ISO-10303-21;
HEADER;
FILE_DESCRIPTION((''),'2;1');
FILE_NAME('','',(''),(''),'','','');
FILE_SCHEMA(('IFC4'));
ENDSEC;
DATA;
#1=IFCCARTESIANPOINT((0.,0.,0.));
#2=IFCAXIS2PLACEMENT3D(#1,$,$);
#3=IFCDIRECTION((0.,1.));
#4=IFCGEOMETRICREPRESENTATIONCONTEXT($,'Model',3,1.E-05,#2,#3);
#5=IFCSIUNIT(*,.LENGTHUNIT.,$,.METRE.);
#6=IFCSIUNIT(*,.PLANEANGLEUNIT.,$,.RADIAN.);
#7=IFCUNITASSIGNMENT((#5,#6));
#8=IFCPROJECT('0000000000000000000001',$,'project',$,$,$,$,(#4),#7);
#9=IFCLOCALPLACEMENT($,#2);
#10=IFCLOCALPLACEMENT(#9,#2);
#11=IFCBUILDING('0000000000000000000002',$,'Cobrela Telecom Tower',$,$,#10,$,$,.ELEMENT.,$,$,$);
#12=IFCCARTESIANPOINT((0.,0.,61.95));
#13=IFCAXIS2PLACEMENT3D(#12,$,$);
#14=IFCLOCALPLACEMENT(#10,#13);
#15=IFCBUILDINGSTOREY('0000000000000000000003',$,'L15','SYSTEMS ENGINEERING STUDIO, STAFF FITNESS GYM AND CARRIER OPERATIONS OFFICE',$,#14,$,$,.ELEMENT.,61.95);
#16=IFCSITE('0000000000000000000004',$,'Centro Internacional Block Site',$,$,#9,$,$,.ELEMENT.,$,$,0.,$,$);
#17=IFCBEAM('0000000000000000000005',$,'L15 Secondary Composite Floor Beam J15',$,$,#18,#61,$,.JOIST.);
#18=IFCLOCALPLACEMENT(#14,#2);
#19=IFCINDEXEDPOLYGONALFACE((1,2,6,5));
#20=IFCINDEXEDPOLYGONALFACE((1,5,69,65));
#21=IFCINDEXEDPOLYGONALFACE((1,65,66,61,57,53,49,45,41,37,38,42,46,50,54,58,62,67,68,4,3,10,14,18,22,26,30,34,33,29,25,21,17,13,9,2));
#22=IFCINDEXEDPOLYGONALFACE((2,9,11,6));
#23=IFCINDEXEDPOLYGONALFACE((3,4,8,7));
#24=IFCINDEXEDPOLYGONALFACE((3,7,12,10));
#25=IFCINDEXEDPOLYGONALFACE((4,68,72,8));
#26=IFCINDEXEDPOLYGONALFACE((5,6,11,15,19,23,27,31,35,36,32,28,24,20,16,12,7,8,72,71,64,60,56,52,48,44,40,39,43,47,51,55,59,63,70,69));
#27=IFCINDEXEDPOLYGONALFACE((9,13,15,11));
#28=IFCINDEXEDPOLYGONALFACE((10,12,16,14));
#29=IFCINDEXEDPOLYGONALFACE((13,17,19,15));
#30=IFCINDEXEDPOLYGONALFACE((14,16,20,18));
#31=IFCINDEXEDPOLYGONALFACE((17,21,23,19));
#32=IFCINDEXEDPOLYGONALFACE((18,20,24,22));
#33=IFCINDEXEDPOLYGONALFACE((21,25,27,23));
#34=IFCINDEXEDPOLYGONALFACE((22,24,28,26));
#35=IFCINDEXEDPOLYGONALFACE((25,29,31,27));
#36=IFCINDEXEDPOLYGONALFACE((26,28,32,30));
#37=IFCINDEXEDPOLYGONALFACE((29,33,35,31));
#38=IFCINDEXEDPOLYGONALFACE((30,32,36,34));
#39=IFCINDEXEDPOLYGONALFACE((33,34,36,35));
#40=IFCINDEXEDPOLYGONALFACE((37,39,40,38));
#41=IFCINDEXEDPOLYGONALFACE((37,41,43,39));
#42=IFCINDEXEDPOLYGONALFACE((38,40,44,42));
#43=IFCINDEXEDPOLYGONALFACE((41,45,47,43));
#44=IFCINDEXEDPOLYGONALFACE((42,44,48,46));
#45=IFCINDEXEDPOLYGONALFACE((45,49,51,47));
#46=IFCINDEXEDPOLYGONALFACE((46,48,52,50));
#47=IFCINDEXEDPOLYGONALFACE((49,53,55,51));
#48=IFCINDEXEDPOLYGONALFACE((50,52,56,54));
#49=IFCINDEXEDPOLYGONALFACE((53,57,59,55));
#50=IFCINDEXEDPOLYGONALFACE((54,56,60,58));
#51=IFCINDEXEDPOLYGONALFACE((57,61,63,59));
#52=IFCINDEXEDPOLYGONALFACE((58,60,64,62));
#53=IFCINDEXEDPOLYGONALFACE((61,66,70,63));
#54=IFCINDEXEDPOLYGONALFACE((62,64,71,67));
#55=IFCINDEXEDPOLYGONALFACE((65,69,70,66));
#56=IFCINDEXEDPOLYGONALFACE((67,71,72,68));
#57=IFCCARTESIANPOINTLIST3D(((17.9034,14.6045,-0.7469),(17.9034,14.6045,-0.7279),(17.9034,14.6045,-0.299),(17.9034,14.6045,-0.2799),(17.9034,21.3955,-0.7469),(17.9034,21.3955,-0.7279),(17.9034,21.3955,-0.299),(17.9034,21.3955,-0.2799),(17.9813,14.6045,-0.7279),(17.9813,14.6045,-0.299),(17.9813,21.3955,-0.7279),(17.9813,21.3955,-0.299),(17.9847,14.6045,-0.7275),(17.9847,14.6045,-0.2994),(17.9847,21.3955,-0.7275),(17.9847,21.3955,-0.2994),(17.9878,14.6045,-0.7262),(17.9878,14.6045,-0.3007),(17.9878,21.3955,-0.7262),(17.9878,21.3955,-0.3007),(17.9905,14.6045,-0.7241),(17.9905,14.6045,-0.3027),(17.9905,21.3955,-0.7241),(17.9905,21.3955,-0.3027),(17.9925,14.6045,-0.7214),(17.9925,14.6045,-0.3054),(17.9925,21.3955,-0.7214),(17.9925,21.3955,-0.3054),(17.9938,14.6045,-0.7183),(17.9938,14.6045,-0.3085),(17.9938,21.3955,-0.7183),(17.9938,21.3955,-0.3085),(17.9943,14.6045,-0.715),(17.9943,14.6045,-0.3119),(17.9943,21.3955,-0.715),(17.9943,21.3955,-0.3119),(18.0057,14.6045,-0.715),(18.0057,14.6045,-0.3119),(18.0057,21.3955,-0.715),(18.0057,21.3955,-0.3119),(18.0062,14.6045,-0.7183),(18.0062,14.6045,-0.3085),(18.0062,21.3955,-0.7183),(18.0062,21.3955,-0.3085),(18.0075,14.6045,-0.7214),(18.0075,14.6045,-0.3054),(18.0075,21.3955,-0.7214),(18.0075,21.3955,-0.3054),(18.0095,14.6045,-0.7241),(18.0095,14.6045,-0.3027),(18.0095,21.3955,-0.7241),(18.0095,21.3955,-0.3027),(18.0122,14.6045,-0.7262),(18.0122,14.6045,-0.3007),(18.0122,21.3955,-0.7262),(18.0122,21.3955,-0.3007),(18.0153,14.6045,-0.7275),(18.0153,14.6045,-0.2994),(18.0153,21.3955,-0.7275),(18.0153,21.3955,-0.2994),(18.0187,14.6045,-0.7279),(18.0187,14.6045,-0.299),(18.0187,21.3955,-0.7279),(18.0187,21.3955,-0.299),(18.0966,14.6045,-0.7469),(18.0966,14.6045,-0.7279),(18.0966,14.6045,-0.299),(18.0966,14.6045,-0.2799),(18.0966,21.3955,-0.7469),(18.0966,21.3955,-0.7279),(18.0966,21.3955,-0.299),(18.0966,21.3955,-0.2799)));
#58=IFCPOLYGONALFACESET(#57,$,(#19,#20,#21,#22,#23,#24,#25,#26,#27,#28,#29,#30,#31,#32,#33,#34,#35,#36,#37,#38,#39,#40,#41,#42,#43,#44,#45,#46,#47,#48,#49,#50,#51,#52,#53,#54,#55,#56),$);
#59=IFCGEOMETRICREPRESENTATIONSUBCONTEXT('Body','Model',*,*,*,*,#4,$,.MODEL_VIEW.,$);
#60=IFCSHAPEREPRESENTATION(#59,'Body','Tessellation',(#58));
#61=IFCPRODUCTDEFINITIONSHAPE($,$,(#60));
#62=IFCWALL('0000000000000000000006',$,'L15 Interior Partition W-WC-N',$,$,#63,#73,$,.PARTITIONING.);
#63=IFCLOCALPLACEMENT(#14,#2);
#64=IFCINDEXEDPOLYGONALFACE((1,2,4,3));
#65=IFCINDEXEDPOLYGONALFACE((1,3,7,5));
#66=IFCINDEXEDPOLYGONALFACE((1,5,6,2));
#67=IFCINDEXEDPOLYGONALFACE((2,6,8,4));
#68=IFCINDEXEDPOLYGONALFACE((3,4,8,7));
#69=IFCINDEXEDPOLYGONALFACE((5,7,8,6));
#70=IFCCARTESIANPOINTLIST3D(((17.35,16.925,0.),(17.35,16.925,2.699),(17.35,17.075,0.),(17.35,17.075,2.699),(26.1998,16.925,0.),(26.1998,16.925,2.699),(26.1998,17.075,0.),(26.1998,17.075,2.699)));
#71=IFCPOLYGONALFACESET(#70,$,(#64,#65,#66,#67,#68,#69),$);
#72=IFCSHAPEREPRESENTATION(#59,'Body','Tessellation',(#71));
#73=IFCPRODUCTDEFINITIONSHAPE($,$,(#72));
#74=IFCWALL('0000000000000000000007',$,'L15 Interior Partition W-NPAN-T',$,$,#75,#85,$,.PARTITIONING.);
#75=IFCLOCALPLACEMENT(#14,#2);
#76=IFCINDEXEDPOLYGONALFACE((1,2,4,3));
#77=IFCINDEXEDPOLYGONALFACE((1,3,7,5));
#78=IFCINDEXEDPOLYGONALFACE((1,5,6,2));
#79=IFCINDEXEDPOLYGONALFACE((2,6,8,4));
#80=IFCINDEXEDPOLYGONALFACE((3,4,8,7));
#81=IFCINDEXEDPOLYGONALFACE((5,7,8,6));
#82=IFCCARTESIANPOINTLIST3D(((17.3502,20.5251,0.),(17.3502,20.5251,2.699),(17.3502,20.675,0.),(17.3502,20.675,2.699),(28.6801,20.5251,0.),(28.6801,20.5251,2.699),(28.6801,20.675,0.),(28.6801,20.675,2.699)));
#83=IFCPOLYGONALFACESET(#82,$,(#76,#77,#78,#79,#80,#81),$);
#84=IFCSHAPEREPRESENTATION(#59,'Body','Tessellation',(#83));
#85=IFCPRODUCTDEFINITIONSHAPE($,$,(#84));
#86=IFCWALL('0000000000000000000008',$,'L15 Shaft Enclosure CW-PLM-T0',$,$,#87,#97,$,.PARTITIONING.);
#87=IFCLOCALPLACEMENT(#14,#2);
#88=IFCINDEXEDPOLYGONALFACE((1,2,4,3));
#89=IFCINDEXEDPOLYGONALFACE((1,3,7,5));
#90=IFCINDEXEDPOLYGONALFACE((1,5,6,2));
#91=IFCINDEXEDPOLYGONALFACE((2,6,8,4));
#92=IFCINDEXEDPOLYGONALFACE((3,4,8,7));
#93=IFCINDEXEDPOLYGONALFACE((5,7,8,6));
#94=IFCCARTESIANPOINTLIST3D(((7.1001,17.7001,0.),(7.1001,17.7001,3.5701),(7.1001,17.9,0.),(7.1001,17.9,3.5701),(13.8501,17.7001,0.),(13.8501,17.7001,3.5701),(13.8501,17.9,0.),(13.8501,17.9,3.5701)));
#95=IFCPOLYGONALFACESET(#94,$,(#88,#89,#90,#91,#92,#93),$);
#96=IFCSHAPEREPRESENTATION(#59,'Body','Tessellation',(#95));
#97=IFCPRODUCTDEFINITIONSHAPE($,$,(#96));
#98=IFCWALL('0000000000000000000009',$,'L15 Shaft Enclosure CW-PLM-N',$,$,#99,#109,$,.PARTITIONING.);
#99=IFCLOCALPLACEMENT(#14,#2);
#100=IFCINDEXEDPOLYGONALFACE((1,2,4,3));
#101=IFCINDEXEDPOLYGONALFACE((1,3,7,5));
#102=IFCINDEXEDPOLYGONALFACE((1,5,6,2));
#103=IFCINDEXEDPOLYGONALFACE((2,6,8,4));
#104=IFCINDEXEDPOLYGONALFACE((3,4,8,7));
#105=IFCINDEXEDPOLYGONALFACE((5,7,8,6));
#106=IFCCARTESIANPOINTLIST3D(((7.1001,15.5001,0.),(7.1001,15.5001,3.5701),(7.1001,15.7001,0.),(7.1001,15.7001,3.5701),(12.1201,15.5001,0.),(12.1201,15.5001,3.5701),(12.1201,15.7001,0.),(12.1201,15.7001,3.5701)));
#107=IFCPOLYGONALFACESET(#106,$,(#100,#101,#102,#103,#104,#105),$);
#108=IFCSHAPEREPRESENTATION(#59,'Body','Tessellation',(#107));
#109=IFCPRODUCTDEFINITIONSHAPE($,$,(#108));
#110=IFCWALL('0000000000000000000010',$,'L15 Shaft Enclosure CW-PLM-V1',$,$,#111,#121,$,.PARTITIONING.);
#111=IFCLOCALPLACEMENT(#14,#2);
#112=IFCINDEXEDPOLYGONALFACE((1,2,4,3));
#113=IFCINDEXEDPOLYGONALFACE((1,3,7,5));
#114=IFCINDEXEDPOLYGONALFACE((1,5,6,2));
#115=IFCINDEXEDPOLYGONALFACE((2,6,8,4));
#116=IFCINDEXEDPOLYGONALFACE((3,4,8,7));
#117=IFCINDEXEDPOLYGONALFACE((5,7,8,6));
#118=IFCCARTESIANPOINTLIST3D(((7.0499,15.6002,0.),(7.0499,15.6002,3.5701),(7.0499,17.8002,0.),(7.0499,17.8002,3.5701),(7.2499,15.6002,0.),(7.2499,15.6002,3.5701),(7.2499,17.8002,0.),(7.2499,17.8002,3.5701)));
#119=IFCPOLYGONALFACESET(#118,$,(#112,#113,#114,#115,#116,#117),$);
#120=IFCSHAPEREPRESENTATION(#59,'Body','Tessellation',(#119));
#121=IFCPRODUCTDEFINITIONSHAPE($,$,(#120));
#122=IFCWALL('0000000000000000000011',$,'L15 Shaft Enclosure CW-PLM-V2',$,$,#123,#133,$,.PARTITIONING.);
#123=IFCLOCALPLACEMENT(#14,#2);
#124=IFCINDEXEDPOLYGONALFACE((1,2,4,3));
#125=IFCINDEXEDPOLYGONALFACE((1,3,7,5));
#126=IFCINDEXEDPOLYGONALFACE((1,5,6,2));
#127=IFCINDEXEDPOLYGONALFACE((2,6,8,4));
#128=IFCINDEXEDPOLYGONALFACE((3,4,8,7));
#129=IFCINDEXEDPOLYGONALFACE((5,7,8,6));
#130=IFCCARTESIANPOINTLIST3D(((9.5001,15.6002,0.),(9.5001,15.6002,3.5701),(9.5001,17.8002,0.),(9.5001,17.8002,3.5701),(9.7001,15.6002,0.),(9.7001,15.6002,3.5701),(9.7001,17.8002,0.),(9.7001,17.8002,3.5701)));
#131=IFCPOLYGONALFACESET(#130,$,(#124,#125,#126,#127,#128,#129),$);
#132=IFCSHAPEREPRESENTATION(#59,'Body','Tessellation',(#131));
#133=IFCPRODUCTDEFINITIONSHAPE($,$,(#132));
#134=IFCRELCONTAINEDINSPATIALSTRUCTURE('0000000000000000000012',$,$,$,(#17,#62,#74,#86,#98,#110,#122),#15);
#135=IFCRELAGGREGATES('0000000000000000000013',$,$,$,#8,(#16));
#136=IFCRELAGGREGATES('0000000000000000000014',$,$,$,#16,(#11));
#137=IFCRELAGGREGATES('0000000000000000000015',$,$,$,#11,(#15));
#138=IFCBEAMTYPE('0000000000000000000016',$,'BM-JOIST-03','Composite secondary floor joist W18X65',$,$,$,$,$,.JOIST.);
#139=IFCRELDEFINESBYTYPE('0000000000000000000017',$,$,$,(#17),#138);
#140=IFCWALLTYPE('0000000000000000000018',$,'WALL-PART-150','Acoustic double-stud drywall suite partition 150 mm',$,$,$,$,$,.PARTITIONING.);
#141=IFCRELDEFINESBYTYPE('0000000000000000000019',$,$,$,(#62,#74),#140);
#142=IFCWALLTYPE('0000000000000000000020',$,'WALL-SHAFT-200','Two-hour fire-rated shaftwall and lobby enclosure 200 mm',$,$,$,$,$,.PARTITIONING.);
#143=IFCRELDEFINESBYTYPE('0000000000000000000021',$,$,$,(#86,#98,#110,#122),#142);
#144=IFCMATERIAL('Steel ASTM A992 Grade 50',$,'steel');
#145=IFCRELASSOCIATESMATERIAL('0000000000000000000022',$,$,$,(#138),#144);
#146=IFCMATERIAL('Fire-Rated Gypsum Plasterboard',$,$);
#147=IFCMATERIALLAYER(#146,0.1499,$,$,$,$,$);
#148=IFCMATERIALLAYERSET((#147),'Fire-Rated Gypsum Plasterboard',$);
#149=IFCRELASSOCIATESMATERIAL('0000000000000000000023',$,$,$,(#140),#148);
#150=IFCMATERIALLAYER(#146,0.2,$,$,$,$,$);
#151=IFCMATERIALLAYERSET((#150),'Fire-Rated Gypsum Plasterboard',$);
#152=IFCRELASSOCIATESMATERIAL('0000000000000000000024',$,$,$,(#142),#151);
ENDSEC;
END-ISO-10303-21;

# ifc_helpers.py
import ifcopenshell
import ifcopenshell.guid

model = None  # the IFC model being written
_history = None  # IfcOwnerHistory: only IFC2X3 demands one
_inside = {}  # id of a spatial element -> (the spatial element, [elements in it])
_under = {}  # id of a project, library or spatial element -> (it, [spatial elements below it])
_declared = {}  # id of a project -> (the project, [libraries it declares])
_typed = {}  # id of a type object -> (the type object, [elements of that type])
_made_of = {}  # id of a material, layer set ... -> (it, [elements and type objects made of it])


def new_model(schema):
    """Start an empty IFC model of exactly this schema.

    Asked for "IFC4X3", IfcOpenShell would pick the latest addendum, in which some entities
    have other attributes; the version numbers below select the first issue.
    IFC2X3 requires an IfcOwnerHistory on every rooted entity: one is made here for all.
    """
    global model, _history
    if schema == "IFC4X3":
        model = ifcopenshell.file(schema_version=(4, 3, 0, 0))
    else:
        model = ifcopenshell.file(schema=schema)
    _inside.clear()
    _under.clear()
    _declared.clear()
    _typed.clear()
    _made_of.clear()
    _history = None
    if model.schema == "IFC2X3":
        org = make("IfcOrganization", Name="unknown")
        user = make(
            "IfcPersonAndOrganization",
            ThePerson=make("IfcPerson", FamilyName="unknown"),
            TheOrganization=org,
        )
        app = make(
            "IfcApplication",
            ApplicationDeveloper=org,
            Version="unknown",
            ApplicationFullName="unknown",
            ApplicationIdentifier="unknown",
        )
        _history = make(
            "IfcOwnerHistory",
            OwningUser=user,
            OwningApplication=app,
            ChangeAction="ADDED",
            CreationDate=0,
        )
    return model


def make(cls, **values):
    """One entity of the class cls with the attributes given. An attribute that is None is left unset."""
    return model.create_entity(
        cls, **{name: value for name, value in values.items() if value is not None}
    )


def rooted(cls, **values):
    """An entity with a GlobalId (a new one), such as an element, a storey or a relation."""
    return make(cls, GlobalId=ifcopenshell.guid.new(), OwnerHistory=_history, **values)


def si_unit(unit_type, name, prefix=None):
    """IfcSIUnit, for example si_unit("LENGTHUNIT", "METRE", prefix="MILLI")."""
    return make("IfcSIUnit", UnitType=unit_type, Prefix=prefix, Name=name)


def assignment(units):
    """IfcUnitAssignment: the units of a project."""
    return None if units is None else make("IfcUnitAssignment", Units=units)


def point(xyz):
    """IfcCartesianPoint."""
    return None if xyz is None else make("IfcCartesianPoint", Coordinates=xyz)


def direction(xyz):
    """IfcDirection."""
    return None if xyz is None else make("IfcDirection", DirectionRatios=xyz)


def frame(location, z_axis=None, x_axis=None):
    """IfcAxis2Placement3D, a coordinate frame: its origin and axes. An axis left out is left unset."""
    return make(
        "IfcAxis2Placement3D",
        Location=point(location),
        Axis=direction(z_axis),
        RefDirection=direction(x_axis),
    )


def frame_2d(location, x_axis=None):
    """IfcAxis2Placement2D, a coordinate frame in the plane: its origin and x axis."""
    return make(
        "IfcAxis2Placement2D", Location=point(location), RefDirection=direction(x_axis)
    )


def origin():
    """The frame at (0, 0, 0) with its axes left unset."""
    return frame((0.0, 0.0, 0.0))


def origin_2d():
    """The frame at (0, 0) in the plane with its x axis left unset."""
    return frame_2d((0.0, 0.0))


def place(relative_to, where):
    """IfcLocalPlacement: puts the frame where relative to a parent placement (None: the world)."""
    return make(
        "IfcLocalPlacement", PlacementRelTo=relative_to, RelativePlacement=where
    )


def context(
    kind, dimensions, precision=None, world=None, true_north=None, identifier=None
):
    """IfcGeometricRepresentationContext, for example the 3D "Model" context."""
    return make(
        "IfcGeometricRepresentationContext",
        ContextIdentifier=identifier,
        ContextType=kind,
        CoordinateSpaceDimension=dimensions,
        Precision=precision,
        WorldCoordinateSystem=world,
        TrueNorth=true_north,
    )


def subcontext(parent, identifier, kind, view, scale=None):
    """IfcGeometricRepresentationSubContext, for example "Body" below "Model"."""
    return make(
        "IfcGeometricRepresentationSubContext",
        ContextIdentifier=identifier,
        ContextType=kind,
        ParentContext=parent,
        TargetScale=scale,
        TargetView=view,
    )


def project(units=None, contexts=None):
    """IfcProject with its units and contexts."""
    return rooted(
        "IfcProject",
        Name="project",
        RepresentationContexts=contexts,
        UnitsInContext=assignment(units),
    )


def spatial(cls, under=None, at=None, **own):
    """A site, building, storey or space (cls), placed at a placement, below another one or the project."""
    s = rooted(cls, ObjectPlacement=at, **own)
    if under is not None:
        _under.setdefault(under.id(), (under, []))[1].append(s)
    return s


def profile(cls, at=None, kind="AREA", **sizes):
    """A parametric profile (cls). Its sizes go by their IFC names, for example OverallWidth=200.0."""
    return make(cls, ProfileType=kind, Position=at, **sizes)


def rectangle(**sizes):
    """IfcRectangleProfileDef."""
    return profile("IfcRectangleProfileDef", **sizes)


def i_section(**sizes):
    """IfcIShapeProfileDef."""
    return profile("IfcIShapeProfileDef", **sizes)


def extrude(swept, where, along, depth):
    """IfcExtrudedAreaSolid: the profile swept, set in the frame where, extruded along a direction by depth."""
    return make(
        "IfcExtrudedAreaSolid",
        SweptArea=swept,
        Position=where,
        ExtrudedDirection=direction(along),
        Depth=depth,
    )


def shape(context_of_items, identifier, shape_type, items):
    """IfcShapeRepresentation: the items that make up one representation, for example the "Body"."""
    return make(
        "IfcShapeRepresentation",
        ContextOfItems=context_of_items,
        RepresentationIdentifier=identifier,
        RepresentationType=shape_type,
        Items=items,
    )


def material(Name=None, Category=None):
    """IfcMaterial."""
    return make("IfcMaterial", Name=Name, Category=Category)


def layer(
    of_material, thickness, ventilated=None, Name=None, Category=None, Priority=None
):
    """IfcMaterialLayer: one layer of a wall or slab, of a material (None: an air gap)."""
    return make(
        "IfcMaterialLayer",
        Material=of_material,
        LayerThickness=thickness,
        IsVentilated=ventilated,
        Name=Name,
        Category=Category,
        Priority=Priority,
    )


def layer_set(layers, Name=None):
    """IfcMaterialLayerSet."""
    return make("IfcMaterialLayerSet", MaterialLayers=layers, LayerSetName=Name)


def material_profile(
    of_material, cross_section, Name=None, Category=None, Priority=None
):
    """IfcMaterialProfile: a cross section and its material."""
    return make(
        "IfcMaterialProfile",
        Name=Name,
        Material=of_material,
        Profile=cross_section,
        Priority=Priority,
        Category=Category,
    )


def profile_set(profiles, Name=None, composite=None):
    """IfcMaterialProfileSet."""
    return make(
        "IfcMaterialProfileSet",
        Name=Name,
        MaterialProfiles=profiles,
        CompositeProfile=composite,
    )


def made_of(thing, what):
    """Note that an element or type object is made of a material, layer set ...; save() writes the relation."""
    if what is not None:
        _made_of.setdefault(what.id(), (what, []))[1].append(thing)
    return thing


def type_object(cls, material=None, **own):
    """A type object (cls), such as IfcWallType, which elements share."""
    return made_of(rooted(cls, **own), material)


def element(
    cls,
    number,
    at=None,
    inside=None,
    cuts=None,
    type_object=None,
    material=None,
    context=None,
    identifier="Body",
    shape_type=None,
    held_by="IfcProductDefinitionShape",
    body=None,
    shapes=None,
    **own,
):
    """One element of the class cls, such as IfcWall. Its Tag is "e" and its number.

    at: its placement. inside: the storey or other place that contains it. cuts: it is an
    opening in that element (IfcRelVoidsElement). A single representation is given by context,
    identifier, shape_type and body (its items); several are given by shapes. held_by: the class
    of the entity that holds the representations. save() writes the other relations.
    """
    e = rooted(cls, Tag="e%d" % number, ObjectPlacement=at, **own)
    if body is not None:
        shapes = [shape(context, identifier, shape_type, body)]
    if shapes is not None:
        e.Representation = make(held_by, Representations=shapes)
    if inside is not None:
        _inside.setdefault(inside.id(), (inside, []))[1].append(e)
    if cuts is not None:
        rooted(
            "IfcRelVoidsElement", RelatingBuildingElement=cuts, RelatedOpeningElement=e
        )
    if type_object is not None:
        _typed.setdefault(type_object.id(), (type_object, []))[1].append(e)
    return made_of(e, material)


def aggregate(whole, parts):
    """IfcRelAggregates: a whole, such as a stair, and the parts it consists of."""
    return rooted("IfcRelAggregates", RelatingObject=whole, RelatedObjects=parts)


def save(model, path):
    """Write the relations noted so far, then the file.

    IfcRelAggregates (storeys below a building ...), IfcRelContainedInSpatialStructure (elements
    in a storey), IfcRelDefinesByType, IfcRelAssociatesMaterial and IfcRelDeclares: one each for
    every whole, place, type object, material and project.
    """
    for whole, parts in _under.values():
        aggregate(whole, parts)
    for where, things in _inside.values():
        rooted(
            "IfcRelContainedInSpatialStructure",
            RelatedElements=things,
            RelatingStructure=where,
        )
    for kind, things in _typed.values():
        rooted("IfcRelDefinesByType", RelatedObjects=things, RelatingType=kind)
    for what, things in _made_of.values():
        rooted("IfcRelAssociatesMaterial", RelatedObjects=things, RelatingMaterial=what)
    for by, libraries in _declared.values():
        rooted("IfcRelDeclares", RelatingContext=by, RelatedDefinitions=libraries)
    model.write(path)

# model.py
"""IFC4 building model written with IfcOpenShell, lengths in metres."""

from ifc_helpers import new_model, si_unit, direction, frame, frame_2d, origin, origin_2d, place, context, subcontext, project, spatial, rectangle, i_section, extrude, material, layer, layer_set, material_profile, profile_set, type_object, element, save


model = new_model("IFC4")

# Units and contexts
model_context = context("Model", 3, precision=1e-05, world=origin(), true_north=direction((0.0, 1.0)))
body_context = subcontext(model_context, "Body", "Model", "MODEL_VIEW")
ifc_project = project(units=[si_unit("LENGTHUNIT", "METRE"), si_unit("PLANEANGLEUNIT", "RADIAN")], contexts=[model_context])

# Site, building, storey
site_placement = place(None, origin())
site = spatial("IfcSite", under=ifc_project, at=site_placement, Name="Centro Internacional Block Site", CompositionType="ELEMENT", RefElevation=0.0)
building_placement = place(site_placement, origin())
building = spatial("IfcBuilding", under=site, at=building_placement, Name="Cobrela Telecom Tower", CompositionType="ELEMENT")
storey_placement = place(building_placement, frame((0.0, 0.0, 61.95)))
storey = spatial("IfcBuildingStorey", under=building, at=storey_placement, Name="L15", Description="SYSTEMS ENGINEERING STUDIO, STAFF FITNESS GYM AND CARRIER OPERATIONS OFFICE", CompositionType="ELEMENT", Elevation=61.95)

# Beam
ifc_material_1 = material(Name="Steel ASTM A992 Grade 50", Category="steel")
ifc_material_profile_1 = material_profile(ifc_material_1, i_section(OverallWidth=0.1931, OverallDepth=0.467, WebThickness=0.0115, FlangeThickness=0.019, FilletRadius=0.0129, at=origin_2d()), Name="W18X65")
ifc_profile_set_1 = profile_set([ifc_material_profile_1], Name="Steel ASTM A992 Grade 50")
beam_type_1 = type_object("IfcBeamType", Name="BM-JOIST-03", Description="Composite secondary floor joist W18X65", PredefinedType="JOIST", material=ifc_profile_set_1)
for number, where, z_axis, x_axis, name in (
    (1, (18.0, 14.6045, -0.5134), (0.0, 1.0, 0.0), (-1.0, 0.0, 0.0), "L15 Secondary Composite Floor Beam J15"),
):
    element("IfcBeam", number, at=place(storey_placement, frame(where, z_axis=z_axis, x_axis=x_axis)), inside=storey, type_object=beam_type_1, Name=name, PredefinedType="JOIST", context=body_context, shape_type="SweptSolid", body=[
        extrude(i_section(OverallWidth=0.1931, OverallDepth=0.467, WebThickness=0.0115, FlangeThickness=0.019, FilletRadius=0.0129, at=origin_2d()), origin(), (0.0, 0.0, 1.0), 6.791),
    ])

# Walls
ifc_material_2 = material(Name="Fire-Rated Gypsum Plasterboard")
ifc_layer_1 = layer(ifc_material_2, 0.1499)
ifc_layer_set_1 = layer_set([ifc_layer_1], Name="Fire-Rated Gypsum Plasterboard")
wall_type_1 = type_object("IfcWallType", Name="WALL-PART-150", Description="Acoustic double-stud drywall suite partition 150 mm", PredefinedType="PARTITIONING", material=ifc_layer_set_1)
wall_1_placement = place(storey_placement, frame((17.3501, 17.0, 0.0), z_axis=(0.0, 0.0, 1.0), x_axis=(1.0, 0.0, 0.0)))
element("IfcWall", 2, at=wall_1_placement, inside=storey, type_object=wall_type_1, Name="L15 Interior Partition W-WC-N", PredefinedType="PARTITIONING", context=body_context, shape_type="SweptSolid", body=[
    extrude(rectangle(XDim=8.8499, YDim=0.1499, at=frame_2d((4.4248, 0.0))), origin(), (0.0, 0.0, 1.0), 2.699),
])
wall_2_placement = place(storey_placement, frame((17.3501, 20.6001, 0.0), z_axis=(0.0, 0.0, 1.0), x_axis=(1.0, 0.0, 0.0)))
element("IfcWall", 3, at=wall_2_placement, inside=storey, type_object=wall_type_1, Name="L15 Interior Partition W-NPAN-T", PredefinedType="PARTITIONING", context=body_context, shape_type="SweptSolid", body=[
    extrude(rectangle(XDim=11.3298, YDim=0.1499, at=frame_2d((5.665, 0.0))), origin(), (0.0, 0.0, 1.0), 2.699),
])
ifc_layer_2 = layer(ifc_material_2, 0.2)
ifc_layer_set_2 = layer_set([ifc_layer_2], Name="Fire-Rated Gypsum Plasterboard")
wall_type_2 = type_object("IfcWallType", Name="WALL-SHAFT-200", Description="Two-hour fire-rated shaftwall and lobby enclosure 200 mm", PredefinedType="PARTITIONING", material=ifc_layer_set_2)
wall_3_placement = place(storey_placement, frame((7.1001, 17.8, 0.0), z_axis=(0.0, 0.0, 1.0), x_axis=(1.0, 0.0, 0.0)))
element("IfcWall", 4, at=wall_3_placement, inside=storey, type_object=wall_type_2, Name="L15 Shaft Enclosure CW-PLM-T0", PredefinedType="PARTITIONING", context=body_context, shape_type="SweptSolid", body=[
    extrude(rectangle(XDim=6.75, YDim=0.2, at=frame_2d((3.375, 0.0))), origin(), (0.0, 0.0, 1.0), 3.5701),
])
wall_4_placement = place(storey_placement, frame((7.1001, 15.6001, 0.0), z_axis=(0.0, 0.0, 1.0), x_axis=(1.0, 0.0, 0.0)))
element("IfcWall", 5, at=wall_4_placement, inside=storey, type_object=wall_type_2, Name="L15 Shaft Enclosure CW-PLM-N", PredefinedType="PARTITIONING", context=body_context, shape_type="SweptSolid", body=[
    extrude(rectangle(XDim=5.02, YDim=0.2, at=frame_2d((2.51, 0.0))), origin(), (0.0, 0.0, 1.0), 3.5701),
])
for number, where, z_axis, x_axis, name in (
    (6, (7.1499, 15.6001, 0.0), (0.0, 0.0, 1.0), (0.0, 1.0, 0.0), "L15 Shaft Enclosure CW-PLM-V1"),
    (7, (9.6001, 15.6001, 0.0), (0.0, 0.0, 1.0), (0.0, 1.0, 0.0), "L15 Shaft Enclosure CW-PLM-V2"),
):
    element("IfcWall", number, at=place(storey_placement, frame(where, z_axis=z_axis, x_axis=x_axis)), inside=storey, type_object=wall_type_2, Name=name, PredefinedType="PARTITIONING", context=body_context, shape_type="SweptSolid", body=[
        extrude(rectangle(XDim=2.2, YDim=0.2, at=frame_2d((1.1001, 0.0))), origin(), (0.0, 0.0, 1.0), 3.5701),
    ])

save(model, "model.ifc")
